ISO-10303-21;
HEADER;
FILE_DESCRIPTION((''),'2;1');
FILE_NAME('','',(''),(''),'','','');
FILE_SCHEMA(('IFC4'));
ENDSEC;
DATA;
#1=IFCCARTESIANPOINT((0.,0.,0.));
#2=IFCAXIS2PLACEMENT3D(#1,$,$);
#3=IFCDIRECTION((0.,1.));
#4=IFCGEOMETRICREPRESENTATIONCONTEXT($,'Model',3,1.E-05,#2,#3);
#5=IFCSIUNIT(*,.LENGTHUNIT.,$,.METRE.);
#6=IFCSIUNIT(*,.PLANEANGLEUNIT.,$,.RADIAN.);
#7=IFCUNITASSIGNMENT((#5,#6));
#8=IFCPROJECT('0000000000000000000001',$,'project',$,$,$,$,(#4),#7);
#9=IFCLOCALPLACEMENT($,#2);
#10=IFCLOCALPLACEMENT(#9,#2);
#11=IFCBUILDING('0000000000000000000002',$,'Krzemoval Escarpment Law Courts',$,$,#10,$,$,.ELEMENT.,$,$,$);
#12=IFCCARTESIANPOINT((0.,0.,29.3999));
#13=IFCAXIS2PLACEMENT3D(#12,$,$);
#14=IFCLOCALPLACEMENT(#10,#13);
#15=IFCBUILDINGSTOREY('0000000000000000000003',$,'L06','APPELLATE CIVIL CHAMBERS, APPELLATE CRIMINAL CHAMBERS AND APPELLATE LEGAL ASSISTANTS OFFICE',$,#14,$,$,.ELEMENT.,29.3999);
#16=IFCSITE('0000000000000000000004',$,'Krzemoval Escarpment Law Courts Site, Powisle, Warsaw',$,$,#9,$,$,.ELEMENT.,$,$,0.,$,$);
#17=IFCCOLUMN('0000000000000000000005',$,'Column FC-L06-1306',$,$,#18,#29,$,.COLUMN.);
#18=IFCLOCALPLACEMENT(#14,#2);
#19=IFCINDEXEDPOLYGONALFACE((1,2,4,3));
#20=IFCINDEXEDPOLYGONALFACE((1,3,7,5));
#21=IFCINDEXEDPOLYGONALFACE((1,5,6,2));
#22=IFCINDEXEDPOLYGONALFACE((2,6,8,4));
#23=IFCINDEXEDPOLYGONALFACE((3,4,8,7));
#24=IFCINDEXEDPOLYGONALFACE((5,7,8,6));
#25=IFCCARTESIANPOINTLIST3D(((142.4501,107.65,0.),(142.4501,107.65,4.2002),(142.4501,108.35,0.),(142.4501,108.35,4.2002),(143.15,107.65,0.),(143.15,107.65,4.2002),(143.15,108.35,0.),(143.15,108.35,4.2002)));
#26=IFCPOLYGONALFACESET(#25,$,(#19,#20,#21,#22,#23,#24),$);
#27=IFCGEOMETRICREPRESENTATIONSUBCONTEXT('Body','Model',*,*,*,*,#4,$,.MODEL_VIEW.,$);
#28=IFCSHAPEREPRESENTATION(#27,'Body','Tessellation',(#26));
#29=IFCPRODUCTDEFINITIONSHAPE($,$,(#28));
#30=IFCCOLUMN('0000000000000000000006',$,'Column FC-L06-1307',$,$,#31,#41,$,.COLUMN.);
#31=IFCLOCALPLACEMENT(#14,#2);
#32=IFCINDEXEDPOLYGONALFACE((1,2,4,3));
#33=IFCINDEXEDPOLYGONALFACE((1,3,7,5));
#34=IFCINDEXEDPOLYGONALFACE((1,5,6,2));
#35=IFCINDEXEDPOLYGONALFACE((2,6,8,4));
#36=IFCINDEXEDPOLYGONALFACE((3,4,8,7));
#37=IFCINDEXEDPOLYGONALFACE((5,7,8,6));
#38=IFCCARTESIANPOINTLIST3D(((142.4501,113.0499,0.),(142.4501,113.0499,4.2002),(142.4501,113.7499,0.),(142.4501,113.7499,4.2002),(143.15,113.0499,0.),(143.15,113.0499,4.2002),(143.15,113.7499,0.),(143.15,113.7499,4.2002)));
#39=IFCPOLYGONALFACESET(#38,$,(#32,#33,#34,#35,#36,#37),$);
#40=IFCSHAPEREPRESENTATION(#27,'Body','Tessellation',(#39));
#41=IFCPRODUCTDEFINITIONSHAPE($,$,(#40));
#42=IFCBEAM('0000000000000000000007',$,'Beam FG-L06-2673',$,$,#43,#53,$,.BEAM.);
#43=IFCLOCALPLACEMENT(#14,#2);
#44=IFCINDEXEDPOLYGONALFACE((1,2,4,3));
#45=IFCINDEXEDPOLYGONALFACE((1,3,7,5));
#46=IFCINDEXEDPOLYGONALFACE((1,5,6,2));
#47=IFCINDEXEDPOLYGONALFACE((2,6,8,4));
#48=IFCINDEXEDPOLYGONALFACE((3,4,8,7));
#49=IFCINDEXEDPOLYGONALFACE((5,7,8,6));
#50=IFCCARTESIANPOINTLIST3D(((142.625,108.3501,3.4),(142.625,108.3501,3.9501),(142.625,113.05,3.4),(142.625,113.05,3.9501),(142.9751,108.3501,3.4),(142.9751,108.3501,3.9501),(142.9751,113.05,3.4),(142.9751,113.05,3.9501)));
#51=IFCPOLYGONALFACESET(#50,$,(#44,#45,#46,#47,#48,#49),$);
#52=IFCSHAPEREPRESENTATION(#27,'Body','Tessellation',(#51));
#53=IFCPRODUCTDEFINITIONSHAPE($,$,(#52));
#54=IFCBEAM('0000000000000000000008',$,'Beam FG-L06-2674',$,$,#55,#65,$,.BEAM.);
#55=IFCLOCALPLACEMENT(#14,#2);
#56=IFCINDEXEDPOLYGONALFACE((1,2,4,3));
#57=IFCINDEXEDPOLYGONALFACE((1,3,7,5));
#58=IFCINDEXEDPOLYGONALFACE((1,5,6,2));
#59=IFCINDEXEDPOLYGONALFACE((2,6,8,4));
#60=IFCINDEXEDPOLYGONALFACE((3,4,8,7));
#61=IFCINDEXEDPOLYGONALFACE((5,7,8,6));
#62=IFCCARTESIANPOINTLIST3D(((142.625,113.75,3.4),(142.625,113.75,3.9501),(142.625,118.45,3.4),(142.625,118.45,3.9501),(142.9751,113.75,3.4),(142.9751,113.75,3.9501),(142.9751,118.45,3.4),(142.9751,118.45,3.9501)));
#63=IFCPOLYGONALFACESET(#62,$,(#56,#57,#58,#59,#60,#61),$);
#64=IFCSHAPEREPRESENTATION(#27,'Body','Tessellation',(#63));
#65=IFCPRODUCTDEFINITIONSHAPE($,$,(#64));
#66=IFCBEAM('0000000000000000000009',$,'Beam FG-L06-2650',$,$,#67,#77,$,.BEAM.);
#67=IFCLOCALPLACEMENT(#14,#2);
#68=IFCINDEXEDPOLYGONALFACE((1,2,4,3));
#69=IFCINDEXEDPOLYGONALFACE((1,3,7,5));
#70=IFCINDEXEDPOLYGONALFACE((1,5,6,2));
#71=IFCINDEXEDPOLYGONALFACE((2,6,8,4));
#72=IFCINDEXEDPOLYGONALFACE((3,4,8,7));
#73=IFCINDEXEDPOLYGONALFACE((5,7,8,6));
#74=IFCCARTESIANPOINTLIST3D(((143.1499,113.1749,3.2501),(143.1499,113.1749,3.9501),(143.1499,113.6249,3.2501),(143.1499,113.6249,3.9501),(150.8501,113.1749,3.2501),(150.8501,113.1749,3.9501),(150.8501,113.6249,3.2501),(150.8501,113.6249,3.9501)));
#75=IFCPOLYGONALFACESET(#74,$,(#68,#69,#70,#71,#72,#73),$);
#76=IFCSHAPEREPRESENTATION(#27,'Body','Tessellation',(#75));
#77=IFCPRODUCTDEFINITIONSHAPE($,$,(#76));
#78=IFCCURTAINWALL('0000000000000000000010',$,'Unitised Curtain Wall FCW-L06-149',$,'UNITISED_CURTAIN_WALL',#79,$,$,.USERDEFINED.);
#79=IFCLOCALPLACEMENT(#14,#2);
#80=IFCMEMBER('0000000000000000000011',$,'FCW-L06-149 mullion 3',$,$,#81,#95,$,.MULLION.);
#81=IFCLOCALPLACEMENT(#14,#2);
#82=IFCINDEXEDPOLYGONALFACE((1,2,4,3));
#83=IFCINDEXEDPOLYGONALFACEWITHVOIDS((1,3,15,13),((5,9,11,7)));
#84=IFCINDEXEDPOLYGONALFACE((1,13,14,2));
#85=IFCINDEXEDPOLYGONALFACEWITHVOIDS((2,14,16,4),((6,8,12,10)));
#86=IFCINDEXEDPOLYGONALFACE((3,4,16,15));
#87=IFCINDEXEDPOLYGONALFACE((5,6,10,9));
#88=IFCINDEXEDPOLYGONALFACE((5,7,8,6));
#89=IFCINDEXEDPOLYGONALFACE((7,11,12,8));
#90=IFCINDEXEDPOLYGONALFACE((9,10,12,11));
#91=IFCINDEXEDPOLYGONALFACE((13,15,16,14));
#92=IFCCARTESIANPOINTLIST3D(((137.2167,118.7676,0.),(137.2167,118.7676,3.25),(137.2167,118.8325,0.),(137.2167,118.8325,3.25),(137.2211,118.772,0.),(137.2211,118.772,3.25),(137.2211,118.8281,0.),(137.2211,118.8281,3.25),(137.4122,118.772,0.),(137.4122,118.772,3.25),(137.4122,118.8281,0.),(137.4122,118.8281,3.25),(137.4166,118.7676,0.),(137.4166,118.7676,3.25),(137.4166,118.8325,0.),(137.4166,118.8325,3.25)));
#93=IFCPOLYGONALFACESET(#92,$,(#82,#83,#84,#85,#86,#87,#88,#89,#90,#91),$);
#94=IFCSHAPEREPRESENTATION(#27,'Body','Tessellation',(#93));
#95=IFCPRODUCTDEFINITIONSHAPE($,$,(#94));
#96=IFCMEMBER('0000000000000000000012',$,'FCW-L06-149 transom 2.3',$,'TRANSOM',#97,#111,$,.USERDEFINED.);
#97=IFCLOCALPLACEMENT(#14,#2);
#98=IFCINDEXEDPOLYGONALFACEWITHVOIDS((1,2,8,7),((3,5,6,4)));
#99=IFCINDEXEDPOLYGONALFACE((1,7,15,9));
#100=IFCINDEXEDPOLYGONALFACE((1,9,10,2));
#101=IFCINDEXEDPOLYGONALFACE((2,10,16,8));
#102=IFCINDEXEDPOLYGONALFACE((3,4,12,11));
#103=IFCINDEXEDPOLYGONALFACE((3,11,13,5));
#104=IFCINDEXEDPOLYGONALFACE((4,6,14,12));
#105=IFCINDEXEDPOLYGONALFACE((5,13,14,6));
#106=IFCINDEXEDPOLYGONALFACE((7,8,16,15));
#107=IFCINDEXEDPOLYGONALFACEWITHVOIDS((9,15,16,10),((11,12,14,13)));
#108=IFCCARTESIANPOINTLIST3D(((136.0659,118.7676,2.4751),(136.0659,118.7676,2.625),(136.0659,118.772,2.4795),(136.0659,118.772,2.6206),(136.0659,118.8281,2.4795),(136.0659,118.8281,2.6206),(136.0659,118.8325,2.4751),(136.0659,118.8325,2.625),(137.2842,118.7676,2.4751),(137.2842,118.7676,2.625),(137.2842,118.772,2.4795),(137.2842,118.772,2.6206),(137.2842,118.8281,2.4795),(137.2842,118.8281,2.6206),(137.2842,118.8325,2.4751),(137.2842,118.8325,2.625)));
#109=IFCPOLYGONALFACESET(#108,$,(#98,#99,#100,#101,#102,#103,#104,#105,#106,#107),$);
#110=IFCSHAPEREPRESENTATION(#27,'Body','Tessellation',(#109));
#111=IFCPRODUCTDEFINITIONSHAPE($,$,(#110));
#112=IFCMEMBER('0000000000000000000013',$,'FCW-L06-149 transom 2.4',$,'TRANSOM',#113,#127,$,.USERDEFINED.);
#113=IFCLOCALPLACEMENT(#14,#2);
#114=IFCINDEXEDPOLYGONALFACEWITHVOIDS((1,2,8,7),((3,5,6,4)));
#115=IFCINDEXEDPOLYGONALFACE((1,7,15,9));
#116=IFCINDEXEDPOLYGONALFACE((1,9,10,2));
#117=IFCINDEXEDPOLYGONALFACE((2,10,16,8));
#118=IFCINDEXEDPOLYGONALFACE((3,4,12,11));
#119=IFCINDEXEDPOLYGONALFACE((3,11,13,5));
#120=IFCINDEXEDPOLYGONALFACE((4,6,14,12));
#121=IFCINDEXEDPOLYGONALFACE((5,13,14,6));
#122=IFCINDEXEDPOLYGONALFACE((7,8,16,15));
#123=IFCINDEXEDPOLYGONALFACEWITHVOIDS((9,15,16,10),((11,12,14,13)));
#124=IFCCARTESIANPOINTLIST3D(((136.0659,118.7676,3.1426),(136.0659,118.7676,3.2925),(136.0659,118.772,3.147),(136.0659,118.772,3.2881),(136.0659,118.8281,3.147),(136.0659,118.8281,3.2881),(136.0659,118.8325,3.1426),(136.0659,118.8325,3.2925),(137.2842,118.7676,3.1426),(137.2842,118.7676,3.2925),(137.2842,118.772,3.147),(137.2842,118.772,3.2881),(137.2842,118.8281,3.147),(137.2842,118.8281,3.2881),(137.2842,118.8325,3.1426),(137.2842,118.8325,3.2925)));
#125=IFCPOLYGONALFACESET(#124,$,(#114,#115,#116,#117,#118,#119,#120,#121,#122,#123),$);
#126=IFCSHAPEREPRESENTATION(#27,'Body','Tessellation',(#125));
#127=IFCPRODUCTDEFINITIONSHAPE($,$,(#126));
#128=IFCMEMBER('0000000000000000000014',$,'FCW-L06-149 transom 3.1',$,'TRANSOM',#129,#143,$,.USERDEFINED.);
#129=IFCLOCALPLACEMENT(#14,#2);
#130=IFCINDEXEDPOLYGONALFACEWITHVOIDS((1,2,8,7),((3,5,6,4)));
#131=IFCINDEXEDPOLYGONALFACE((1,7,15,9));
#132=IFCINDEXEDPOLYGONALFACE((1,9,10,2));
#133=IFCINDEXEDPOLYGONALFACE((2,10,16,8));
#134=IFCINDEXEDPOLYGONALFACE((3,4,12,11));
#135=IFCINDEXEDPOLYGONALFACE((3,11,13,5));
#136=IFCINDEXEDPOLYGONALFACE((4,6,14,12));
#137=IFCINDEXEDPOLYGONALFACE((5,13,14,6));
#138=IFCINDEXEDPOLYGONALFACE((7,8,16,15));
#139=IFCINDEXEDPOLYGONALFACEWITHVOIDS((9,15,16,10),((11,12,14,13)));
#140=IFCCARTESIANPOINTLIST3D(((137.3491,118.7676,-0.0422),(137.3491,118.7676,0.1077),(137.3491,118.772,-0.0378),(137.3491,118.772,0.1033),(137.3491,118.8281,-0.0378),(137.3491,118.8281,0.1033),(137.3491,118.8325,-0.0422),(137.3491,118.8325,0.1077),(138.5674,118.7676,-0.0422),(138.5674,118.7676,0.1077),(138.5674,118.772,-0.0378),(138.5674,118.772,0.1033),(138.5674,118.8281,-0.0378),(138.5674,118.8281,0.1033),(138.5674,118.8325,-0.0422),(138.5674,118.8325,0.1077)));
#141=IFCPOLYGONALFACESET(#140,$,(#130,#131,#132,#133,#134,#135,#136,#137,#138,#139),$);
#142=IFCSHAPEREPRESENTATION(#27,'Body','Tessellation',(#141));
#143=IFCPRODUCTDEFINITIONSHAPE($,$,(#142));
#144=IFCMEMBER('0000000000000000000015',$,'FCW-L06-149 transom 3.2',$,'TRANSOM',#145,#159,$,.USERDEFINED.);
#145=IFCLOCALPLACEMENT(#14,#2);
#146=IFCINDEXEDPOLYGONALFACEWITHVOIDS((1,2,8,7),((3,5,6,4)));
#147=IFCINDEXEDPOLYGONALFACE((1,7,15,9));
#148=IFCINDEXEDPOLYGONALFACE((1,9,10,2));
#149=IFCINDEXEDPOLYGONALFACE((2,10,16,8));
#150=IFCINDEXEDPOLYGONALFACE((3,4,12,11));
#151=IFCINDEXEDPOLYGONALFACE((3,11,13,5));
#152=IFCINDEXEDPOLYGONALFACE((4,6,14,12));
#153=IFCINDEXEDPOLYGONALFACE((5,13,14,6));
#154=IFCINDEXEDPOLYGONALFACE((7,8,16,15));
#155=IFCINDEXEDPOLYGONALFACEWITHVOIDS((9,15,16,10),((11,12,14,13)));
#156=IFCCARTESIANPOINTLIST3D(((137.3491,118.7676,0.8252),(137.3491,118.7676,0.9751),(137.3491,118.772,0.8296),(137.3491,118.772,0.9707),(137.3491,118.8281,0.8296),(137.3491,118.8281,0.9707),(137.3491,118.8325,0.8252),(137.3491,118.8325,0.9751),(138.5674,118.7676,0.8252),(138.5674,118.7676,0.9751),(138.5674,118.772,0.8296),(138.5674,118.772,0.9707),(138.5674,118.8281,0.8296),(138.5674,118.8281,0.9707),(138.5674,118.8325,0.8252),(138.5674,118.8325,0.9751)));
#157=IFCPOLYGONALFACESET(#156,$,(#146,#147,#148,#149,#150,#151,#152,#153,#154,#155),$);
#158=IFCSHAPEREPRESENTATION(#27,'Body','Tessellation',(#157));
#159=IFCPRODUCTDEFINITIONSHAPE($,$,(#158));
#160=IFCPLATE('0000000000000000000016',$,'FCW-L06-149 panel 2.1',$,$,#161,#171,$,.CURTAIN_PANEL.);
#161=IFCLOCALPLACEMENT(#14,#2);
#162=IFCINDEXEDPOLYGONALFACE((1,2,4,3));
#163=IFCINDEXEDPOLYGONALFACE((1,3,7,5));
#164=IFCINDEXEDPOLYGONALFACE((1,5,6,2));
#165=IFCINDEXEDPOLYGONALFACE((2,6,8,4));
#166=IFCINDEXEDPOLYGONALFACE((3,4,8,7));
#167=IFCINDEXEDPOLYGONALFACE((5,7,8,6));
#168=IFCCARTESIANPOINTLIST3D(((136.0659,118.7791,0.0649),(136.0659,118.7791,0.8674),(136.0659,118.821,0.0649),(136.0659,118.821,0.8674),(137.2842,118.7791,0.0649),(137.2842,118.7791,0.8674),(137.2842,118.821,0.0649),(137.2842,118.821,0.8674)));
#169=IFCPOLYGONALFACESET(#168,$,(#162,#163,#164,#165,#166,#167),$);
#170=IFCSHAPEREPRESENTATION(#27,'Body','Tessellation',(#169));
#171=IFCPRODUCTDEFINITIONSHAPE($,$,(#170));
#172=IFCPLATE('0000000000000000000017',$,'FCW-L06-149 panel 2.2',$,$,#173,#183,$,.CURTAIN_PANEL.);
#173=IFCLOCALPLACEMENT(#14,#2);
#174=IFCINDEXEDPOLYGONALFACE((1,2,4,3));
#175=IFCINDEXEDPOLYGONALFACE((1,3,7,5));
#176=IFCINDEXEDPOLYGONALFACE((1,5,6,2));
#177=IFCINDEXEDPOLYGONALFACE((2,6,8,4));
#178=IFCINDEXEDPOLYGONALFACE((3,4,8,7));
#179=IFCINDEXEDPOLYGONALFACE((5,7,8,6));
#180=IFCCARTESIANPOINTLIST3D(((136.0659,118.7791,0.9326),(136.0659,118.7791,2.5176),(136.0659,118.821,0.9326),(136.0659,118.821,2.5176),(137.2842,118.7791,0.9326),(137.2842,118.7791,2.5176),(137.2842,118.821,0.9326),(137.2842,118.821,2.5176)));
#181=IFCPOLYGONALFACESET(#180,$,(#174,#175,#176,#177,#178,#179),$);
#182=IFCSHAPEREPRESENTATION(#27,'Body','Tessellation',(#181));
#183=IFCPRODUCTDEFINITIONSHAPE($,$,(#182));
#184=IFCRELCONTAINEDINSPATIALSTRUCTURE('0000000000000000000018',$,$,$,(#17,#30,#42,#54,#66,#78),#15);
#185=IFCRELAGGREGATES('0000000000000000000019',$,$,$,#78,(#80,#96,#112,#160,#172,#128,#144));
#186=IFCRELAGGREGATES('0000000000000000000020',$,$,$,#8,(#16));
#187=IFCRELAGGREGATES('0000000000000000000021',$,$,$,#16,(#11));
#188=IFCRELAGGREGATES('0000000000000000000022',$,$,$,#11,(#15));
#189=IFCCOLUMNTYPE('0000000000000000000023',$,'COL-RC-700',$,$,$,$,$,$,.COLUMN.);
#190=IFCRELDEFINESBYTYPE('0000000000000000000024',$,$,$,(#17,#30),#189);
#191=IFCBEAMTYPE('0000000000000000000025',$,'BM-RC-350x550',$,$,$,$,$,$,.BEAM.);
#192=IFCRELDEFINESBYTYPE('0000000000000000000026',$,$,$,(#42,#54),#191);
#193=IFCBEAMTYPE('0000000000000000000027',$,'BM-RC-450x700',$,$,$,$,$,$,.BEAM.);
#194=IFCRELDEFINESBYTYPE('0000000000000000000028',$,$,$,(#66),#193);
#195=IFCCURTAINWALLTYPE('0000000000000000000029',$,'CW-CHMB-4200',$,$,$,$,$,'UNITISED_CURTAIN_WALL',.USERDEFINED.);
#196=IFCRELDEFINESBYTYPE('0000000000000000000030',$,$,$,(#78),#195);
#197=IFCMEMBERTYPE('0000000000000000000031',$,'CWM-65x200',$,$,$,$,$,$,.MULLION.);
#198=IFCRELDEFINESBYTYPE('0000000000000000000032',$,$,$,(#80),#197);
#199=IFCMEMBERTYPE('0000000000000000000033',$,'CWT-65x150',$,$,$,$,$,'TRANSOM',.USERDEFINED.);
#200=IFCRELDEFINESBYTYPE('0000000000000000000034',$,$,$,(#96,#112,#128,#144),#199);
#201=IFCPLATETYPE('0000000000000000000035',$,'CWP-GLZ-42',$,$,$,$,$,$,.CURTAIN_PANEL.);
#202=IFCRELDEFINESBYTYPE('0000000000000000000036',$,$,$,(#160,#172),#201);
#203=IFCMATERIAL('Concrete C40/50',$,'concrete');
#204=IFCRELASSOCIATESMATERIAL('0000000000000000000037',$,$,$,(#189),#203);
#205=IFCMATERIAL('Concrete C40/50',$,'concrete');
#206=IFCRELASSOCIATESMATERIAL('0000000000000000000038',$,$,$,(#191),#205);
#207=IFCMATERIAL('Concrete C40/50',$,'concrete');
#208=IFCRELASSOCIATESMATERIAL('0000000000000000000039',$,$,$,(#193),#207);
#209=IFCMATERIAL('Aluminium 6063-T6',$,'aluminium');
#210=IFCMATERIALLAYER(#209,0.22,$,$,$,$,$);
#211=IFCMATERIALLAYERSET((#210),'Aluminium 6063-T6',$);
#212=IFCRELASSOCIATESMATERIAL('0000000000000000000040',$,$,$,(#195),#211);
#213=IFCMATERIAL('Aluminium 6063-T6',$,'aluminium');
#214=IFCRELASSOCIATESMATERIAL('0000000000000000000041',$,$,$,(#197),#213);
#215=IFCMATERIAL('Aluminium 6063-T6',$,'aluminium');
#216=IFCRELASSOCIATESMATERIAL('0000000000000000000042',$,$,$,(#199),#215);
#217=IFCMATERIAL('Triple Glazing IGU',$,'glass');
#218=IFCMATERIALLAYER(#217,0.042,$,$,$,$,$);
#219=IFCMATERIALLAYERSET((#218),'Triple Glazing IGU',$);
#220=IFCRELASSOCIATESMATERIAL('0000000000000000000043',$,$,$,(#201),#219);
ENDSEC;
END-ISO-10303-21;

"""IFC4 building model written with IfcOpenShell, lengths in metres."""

from ifc_helpers import new_model, si_unit, direction, frame, origin, origin_2d, place, context, subcontext, project, spatial, rectangle, hollow_rectangle, extrude, material, layer, layer_set, material_profile, profile_set, type_object, element, aggregate, save


model = new_model("IFC4")

# Units and contexts
model_context = context("Model", 3, precision=1e-05, world=origin(), true_north=direction((0.0, 1.0)))
body_context = subcontext(model_context, "Body", "Model", "MODEL_VIEW")
ifc_project = project(units=[si_unit("LENGTHUNIT", "METRE"), si_unit("PLANEANGLEUNIT", "RADIAN")], contexts=[model_context])

# Site, building, storey
site_placement = place(None, origin())
site = spatial("IfcSite", under=ifc_project, at=site_placement, Name="Krzemoval Escarpment Law Courts Site, Powisle, Warsaw", CompositionType="ELEMENT", RefElevation=0.0)
building_placement = place(site_placement, origin())
building = spatial("IfcBuilding", under=site, at=building_placement, Name="Krzemoval Escarpment Law Courts", CompositionType="ELEMENT")
storey_placement = place(building_placement, frame((0.0, 0.0, 29.3999)))
storey = spatial("IfcBuildingStorey", under=building, at=storey_placement, Name="L06", Description="APPELLATE CIVIL CHAMBERS, APPELLATE CRIMINAL CHAMBERS AND APPELLATE LEGAL ASSISTANTS OFFICE", CompositionType="ELEMENT", Elevation=29.3999)

# Columns
ifc_material_1 = material(Name="Concrete C40/50", Category="concrete")
ifc_material_profile_1 = material_profile(ifc_material_1, rectangle(XDim=0.7, YDim=0.7, at=origin_2d()), Name="RC 700x700")
ifc_profile_set_1 = profile_set([ifc_material_profile_1], Name="Concrete C40/50")
column_type = type_object("IfcColumnType", Name="COL-RC-700", PredefinedType="COLUMN", material=ifc_profile_set_1)
for number, where, z_axis, x_axis, name in (
    (1, (142.8, 108.0, 0.0), (0.0, 0.0, 1.0), (1.0, 0.0, 0.0), "Column FC-L06-1306"),
    (2, (142.8, 113.3999, 0.0), (0.0, 0.0, 1.0), (1.0, 0.0, 0.0), "Column FC-L06-1307"),
):
    element("IfcColumn", number, at=place(storey_placement, frame(where, z_axis=z_axis, x_axis=x_axis)), inside=storey, type_object=column_type, Name=name, PredefinedType="COLUMN", context=body_context, shape_type="SweptSolid", body=[
        extrude(rectangle(XDim=0.7, YDim=0.7, at=origin_2d()), origin(), (0.0, 0.0, 1.0), 4.2002),
    ])

# Beams
ifc_material_2 = material(Name="Concrete C40/50", Category="concrete")
ifc_material_profile_2 = material_profile(ifc_material_2, rectangle(XDim=0.3501, YDim=0.55, at=origin_2d()), Name="RCB 350x550")
ifc_profile_set_2 = profile_set([ifc_material_profile_2], Name="Concrete C40/50")
beam_type_1 = type_object("IfcBeamType", Name="BM-RC-350x550", PredefinedType="BEAM", material=ifc_profile_set_2)
for number, where, z_axis, x_axis, name in (
    (3, (142.8, 108.3501, 3.675), (0.0, 1.0, 0.0), (-1.0, 0.0, 0.0), "Beam FG-L06-2673"),
    (4, (142.8, 113.75, 3.675), (0.0, 1.0, 0.0), (-1.0, 0.0, 0.0), "Beam FG-L06-2674"),
):
    element("IfcBeam", number, at=place(storey_placement, frame(where, z_axis=z_axis, x_axis=x_axis)), inside=storey, type_object=beam_type_1, Name=name, PredefinedType="BEAM", context=body_context, shape_type="SweptSolid", body=[
        extrude(rectangle(XDim=0.3501, YDim=0.55, at=origin_2d()), origin(), (0.0, 0.0, 1.0), 4.7),
    ])
ifc_material_3 = material(Name="Concrete C40/50", Category="concrete")
ifc_material_profile_3 = material_profile(ifc_material_3, rectangle(XDim=0.45, YDim=0.7, at=origin_2d()), Name="RCB 450x700")
ifc_profile_set_3 = profile_set([ifc_material_profile_3], Name="Concrete C40/50")
beam_type_2 = type_object("IfcBeamType", Name="BM-RC-450x700", PredefinedType="BEAM", material=ifc_profile_set_3)
beam_placement = place(storey_placement, frame((143.1499, 113.3999, 3.6001), z_axis=(1.0, 0.0, 0.0), x_axis=(0.0, 1.0, 0.0)))
element("IfcBeam", 5, at=beam_placement, inside=storey, type_object=beam_type_2, Name="Beam FG-L06-2650", PredefinedType="BEAM", context=body_context, shape_type="SweptSolid", body=[
    extrude(rectangle(XDim=0.45, YDim=0.7, at=origin_2d()), origin(), (0.0, 0.0, 1.0), 7.7002),
])

# Curtain wall, members, plates
ifc_material_4 = material(Name="Aluminium 6063-T6", Category="aluminium")
ifc_layer_1 = layer(ifc_material_4, 0.22)
ifc_layer_set_1 = layer_set([ifc_layer_1], Name="Aluminium 6063-T6")
curtain_wall_type = type_object("IfcCurtainWallType", Name="CW-CHMB-4200", ElementType="UNITISED_CURTAIN_WALL", PredefinedType="USERDEFINED", material=ifc_layer_set_1)
curtain_wall_placement = place(storey_placement, origin())
curtain_wall = element("IfcCurtainWall", 6, at=curtain_wall_placement, inside=storey, type_object=curtain_wall_type, Name="Unitised Curtain Wall FCW-L06-149", ObjectType="UNITISED_CURTAIN_WALL", PredefinedType="USERDEFINED")
ifc_material_5 = material(Name="Aluminium 6063-T6", Category="aluminium")
ifc_material_profile_4 = material_profile(ifc_material_5, hollow_rectangle(XDim=0.0649, YDim=0.2, WallThickness=0.0044, at=origin_2d()), Name="ALU M65x200")
ifc_profile_set_4 = profile_set([ifc_material_profile_4], Name="Aluminium 6063-T6")
member_type_1 = type_object("IfcMemberType", Name="CWM-65x200", PredefinedType="MULLION", material=ifc_profile_set_4)
member_1_placement = place(storey_placement, frame((137.3167, 118.8, 0.0), z_axis=(0.0, 0.0, 1.0), x_axis=(0.0, 1.0, 0.0)))
member_1 = element("IfcMember", 7, at=member_1_placement, type_object=member_type_1, Name="FCW-L06-149 mullion 3", PredefinedType="MULLION", context=body_context, shape_type="SweptSolid", body=[
    extrude(hollow_rectangle(XDim=0.0649, YDim=0.2, WallThickness=0.0044, at=origin_2d()), origin(), (0.0, 0.0, 1.0), 3.25),
])
ifc_material_6 = material(Name="Aluminium 6063-T6", Category="aluminium")
ifc_material_profile_5 = material_profile(ifc_material_6, hollow_rectangle(XDim=0.0649, YDim=0.1499, WallThickness=0.0044, at=origin_2d()), Name="ALU T65x150")
ifc_profile_set_5 = profile_set([ifc_material_profile_5], Name="Aluminium 6063-T6")
member_type_2 = type_object("IfcMemberType", Name="CWT-65x150", ElementType="TRANSOM", PredefinedType="USERDEFINED", material=ifc_profile_set_5)
member_2_placement = place(storey_placement, frame((136.0659, 118.8, 2.55), z_axis=(1.0, 0.0, 0.0), x_axis=(0.0, 1.0, 0.0)))
member_2 = element("IfcMember", 8, at=member_2_placement, type_object=member_type_2, Name="FCW-L06-149 transom 2.3", ObjectType="TRANSOM", PredefinedType="USERDEFINED", context=body_context, shape_type="SweptSolid", body=[
    extrude(hollow_rectangle(XDim=0.0649, YDim=0.1499, WallThickness=0.0044, at=origin_2d()), origin(), (0.0, 0.0, 1.0), 1.2183),
])
member_3_placement = place(storey_placement, frame((136.0659, 118.8, 3.2175), z_axis=(1.0, 0.0, 0.0), x_axis=(0.0, 1.0, 0.0)))
member_3 = element("IfcMember", 9, at=member_3_placement, type_object=member_type_2, Name="FCW-L06-149 transom 2.4", ObjectType="TRANSOM", PredefinedType="USERDEFINED", context=body_context, shape_type="SweptSolid", body=[
    extrude(hollow_rectangle(XDim=0.0649, YDim=0.1499, WallThickness=0.0044, at=origin_2d()), origin(), (0.0, 0.0, 1.0), 1.2183),
])
member_4_placement = place(storey_placement, frame((137.3491, 118.8, 0.0327), z_axis=(1.0, 0.0, 0.0), x_axis=(0.0, 1.0, 0.0)))
member_4 = element("IfcMember", 10, at=member_4_placement, type_object=member_type_2, Name="FCW-L06-149 transom 3.1", ObjectType="TRANSOM", PredefinedType="USERDEFINED", context=body_context, shape_type="SweptSolid", body=[
    extrude(hollow_rectangle(XDim=0.0649, YDim=0.1499, WallThickness=0.0044, at=origin_2d()), origin(), (0.0, 0.0, 1.0), 1.2183),
])
member_5_placement = place(storey_placement, frame((137.3491, 118.8, 0.9001), z_axis=(1.0, 0.0, 0.0), x_axis=(0.0, 1.0, 0.0)))
member_5 = element("IfcMember", 11, at=member_5_placement, type_object=member_type_2, Name="FCW-L06-149 transom 3.2", ObjectType="TRANSOM", PredefinedType="USERDEFINED", context=body_context, shape_type="SweptSolid", body=[
    extrude(hollow_rectangle(XDim=0.0649, YDim=0.1499, WallThickness=0.0044, at=origin_2d()), origin(), (0.0, 0.0, 1.0), 1.2183),
])
ifc_material_7 = material(Name="Triple Glazing IGU", Category="glass")
ifc_layer_2 = layer(ifc_material_7, 0.042)
ifc_layer_set_2 = layer_set([ifc_layer_2], Name="Triple Glazing IGU")
plate_type = type_object("IfcPlateType", Name="CWP-GLZ-42", PredefinedType="CURTAIN_PANEL", material=ifc_layer_set_2)
plate_1_placement = place(storey_placement, frame((136.675, 118.8, 0.0649), z_axis=(0.0, 0.0, 1.0), x_axis=(1.0, 0.0, 0.0)))
plate_1 = element("IfcPlate", 12, at=plate_1_placement, type_object=plate_type, Name="FCW-L06-149 panel 2.1", PredefinedType="CURTAIN_PANEL", context=body_context, shape_type="SweptSolid", body=[
    extrude(rectangle(XDim=1.2183, YDim=0.042, at=origin_2d()), origin(), (0.0, 0.0, 1.0), 0.8025),
])
plate_2_placement = place(storey_placement, frame((136.675, 118.8, 0.9326), z_axis=(0.0, 0.0, 1.0), x_axis=(1.0, 0.0, 0.0)))
plate_2 = element("IfcPlate", 13, at=plate_2_placement, type_object=plate_type, Name="FCW-L06-149 panel 2.2", PredefinedType="CURTAIN_PANEL", context=body_context, shape_type="SweptSolid", body=[
    extrude(rectangle(XDim=1.2183, YDim=0.042, at=origin_2d()), origin(), (0.0, 0.0, 1.0), 1.585),
])
aggregate(curtain_wall, [member_1, member_2, member_3, plate_1, plate_2, member_4, member_5])

save(model, "model.ifc")
